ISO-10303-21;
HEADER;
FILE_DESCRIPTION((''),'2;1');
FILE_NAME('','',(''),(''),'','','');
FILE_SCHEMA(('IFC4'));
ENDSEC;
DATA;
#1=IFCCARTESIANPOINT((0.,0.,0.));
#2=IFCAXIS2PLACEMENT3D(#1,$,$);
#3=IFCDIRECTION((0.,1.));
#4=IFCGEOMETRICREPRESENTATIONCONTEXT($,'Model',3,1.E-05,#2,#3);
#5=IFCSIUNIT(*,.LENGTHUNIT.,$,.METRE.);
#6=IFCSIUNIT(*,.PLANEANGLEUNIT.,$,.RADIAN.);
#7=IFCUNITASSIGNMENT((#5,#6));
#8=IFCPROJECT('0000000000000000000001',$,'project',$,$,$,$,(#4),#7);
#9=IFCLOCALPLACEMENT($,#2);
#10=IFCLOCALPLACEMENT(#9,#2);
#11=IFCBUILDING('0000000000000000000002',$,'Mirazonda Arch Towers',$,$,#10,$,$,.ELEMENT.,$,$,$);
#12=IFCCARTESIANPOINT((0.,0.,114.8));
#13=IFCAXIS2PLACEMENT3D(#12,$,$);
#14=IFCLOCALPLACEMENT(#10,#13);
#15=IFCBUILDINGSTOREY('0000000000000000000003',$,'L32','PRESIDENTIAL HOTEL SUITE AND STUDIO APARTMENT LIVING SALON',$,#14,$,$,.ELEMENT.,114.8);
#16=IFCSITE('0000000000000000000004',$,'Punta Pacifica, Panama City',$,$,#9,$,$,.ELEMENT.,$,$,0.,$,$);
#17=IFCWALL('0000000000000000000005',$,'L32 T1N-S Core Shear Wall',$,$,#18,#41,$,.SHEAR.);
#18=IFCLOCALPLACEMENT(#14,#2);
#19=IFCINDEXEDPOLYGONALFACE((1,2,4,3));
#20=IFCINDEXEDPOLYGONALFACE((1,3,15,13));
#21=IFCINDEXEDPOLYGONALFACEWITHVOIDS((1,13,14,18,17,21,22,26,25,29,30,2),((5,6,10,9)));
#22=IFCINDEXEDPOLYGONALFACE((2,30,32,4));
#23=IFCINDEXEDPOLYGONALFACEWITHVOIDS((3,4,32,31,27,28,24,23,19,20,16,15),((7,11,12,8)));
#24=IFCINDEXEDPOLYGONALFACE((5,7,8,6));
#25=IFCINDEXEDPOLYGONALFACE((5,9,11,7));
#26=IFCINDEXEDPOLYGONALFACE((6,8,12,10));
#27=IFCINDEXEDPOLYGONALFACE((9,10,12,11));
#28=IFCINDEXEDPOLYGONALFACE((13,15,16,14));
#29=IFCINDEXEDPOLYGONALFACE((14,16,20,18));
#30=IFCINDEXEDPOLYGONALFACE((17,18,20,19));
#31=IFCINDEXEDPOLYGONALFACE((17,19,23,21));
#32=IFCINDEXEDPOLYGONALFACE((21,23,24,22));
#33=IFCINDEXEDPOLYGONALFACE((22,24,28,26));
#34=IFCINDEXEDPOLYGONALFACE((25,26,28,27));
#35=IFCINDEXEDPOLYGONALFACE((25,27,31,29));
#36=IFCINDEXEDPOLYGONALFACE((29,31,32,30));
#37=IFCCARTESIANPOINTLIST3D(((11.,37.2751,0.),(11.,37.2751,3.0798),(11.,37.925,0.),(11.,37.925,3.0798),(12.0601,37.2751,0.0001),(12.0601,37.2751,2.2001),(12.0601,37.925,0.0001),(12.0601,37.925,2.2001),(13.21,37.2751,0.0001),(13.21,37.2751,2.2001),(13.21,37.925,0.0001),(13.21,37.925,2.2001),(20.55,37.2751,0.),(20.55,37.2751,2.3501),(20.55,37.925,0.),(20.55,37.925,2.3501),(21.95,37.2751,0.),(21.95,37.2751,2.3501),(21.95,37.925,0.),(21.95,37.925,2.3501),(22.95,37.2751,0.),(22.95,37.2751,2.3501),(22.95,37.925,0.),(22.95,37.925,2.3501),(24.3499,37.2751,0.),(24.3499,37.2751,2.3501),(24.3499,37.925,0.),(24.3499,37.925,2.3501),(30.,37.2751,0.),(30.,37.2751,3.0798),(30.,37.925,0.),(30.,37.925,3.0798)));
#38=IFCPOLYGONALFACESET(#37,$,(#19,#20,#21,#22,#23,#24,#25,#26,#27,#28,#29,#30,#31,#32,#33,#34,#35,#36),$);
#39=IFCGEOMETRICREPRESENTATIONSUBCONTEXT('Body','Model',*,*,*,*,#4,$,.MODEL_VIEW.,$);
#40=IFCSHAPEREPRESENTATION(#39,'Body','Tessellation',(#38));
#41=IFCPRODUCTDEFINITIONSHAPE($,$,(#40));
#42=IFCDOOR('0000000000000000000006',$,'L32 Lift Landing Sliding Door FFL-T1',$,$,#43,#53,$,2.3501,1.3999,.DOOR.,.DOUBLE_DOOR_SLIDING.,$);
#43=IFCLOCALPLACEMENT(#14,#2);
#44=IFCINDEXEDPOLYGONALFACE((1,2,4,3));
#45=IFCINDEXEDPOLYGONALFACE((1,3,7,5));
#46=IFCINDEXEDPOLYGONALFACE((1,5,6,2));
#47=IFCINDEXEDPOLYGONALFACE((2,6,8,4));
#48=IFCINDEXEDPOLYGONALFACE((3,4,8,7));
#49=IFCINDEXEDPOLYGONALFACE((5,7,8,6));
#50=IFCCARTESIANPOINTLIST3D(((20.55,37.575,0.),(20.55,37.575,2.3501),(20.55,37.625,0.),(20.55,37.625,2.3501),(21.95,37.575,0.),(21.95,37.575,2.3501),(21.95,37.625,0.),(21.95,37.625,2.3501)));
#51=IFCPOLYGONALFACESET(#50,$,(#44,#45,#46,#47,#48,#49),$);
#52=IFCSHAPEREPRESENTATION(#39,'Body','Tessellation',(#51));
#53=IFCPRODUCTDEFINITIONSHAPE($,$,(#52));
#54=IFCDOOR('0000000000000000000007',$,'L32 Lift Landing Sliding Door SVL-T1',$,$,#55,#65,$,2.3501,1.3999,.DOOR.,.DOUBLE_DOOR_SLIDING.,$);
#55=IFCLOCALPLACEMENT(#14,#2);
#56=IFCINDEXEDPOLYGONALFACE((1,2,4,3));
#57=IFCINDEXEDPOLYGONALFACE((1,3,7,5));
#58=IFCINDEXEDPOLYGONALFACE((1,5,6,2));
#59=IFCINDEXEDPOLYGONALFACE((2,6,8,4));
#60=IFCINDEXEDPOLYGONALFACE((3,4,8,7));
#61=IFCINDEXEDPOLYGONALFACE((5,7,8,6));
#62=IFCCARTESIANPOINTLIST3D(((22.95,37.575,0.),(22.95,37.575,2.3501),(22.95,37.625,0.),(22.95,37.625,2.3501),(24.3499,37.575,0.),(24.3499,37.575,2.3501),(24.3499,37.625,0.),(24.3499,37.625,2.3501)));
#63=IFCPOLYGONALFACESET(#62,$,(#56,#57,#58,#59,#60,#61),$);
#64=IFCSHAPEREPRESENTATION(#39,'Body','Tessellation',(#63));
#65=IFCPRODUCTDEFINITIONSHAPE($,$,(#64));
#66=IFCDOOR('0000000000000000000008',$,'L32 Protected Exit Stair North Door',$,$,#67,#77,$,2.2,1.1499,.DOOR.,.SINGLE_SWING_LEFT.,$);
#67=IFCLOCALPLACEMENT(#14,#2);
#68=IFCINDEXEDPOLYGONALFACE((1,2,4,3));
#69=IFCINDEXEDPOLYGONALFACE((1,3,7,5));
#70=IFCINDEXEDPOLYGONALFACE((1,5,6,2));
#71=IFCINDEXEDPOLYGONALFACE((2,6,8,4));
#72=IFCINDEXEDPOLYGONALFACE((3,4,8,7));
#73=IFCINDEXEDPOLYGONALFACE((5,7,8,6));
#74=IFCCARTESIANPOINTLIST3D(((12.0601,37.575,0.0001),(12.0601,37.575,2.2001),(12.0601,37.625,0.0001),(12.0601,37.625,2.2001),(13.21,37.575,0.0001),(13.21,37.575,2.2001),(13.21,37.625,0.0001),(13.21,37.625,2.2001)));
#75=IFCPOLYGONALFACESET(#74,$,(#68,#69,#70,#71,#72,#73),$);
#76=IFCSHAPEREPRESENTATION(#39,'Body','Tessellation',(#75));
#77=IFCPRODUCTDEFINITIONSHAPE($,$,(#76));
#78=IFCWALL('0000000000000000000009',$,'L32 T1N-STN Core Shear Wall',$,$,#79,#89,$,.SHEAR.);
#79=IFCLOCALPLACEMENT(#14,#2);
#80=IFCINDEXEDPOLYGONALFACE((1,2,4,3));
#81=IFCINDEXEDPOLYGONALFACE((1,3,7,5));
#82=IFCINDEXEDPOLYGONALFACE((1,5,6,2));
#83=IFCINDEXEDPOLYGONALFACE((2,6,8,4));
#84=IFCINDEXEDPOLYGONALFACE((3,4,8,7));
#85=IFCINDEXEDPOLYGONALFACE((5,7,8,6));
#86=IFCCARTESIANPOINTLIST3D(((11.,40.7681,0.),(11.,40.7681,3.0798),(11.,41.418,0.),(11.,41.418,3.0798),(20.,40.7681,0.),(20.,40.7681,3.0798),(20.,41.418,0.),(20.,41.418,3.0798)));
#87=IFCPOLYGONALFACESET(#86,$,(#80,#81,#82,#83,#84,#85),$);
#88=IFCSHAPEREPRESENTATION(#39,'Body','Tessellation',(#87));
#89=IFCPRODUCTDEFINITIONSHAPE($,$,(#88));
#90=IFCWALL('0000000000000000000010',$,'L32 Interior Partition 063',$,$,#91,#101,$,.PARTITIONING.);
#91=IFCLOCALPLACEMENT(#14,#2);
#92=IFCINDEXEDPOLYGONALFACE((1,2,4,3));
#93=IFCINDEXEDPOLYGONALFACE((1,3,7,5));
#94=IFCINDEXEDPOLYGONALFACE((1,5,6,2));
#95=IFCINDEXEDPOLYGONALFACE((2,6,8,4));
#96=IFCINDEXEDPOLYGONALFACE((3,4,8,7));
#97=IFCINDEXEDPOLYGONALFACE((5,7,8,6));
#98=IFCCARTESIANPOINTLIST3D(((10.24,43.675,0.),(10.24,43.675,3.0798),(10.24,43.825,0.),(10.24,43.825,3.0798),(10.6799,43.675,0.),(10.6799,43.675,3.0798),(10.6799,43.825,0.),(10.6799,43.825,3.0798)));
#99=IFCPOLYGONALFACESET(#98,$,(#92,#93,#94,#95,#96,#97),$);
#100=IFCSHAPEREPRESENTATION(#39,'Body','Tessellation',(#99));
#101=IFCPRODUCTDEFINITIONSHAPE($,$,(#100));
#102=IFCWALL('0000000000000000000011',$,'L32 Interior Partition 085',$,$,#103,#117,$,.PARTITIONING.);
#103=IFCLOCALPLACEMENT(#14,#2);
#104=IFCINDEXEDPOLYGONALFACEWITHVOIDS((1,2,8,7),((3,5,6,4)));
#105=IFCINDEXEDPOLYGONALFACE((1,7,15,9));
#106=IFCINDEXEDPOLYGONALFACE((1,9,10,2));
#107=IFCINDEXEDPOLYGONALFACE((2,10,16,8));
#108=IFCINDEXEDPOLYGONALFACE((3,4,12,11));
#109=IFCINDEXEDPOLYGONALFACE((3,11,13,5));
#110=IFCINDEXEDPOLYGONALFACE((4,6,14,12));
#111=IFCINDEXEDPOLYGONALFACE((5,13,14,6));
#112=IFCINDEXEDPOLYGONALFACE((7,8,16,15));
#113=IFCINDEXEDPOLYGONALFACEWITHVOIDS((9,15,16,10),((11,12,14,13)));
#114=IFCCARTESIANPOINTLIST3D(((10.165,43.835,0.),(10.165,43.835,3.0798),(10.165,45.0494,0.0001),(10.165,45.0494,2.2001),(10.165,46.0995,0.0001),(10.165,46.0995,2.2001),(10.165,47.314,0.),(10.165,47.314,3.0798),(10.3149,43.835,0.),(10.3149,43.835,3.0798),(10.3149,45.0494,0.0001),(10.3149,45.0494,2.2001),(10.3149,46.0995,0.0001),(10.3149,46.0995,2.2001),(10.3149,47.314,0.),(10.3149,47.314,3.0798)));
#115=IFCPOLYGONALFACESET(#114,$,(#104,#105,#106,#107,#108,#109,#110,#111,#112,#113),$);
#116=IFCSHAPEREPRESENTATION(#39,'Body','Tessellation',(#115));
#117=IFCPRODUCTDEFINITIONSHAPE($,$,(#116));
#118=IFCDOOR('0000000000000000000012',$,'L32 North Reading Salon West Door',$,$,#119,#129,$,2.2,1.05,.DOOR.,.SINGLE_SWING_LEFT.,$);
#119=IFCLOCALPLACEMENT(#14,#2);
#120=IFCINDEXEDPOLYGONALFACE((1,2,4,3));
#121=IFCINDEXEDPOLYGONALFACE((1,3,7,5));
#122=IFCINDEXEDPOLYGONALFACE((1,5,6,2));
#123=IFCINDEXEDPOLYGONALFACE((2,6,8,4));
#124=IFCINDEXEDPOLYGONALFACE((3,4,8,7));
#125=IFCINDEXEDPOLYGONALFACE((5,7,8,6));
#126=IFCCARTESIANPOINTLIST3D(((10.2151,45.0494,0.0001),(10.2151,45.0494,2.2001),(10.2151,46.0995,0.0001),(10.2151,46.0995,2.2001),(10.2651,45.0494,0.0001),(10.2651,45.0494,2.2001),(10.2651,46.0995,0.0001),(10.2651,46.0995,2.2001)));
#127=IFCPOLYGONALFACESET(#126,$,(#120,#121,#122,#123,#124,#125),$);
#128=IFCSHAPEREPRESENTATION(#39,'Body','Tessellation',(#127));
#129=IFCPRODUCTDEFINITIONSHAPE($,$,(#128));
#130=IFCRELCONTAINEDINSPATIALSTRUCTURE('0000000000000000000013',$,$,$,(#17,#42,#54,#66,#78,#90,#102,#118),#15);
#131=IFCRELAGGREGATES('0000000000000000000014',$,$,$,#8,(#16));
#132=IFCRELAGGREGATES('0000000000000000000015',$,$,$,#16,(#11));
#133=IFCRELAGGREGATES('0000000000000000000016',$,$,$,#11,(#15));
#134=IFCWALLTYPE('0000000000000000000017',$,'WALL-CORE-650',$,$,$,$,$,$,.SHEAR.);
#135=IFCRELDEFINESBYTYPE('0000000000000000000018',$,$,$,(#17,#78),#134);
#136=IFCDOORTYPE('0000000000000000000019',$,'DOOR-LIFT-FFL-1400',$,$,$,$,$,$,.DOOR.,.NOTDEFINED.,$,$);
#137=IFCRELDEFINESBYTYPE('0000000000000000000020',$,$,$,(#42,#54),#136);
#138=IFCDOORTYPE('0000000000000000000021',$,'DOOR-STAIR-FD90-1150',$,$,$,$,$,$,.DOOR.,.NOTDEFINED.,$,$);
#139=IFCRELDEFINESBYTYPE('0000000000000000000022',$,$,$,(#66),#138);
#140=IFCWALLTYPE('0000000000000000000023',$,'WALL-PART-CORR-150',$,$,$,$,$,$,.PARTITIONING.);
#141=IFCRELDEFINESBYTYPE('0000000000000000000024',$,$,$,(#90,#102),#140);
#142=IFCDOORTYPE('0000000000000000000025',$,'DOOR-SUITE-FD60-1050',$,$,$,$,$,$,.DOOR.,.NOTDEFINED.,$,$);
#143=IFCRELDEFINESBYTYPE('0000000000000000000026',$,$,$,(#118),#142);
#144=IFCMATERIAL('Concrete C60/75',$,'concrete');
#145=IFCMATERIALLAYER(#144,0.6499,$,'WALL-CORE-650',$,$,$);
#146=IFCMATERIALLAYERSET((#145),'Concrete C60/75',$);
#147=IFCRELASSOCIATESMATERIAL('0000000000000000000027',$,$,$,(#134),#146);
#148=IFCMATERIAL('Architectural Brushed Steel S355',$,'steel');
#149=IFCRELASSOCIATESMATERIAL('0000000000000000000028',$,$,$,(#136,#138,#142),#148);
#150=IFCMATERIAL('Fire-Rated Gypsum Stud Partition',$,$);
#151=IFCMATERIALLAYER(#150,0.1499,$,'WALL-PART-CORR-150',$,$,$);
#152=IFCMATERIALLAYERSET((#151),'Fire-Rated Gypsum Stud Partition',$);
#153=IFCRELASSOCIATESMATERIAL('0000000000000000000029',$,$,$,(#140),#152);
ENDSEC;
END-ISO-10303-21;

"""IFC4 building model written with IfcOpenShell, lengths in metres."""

from ifc_helpers import new_model, si_unit, direction, frame, frame_2d, origin, place, context, subcontext, project, spatial, rectangle, extrude, material, layer, layer_set, type_object, element, fill, save


model = new_model("IFC4")

# Units and contexts
model_context = context("Model", 3, precision=1e-05, world=origin(), true_north=direction((0.0, 1.0)))
body_context = subcontext(model_context, "Body", "Model", "MODEL_VIEW")
ifc_project = project(units=[si_unit("LENGTHUNIT", "METRE"), si_unit("PLANEANGLEUNIT", "RADIAN")], contexts=[model_context])

# Site, building, storey
site_placement = place(None, origin())
site = spatial("IfcSite", under=ifc_project, at=site_placement, Name="Punta Pacifica, Panama City", CompositionType="ELEMENT", RefElevation=0.0)
building_placement = place(site_placement, origin())
building = spatial("IfcBuilding", under=site, at=building_placement, Name="Mirazonda Arch Towers", CompositionType="ELEMENT")
storey_placement = place(building_placement, frame((0.0, 0.0, 114.8)))
storey = spatial("IfcBuildingStorey", under=building, at=storey_placement, Name="L32", Description="PRESIDENTIAL HOTEL SUITE AND STUDIO APARTMENT LIVING SALON", CompositionType="ELEMENT", Elevation=114.8)

# Shared definitions
ifc_material_1 = material(Name="Concrete C60/75", Category="concrete")
ifc_layer_1 = layer(ifc_material_1, 0.6499, Name="WALL-CORE-650")
ifc_layer_set_1 = layer_set([ifc_layer_1], Name="Concrete C60/75")
wall_type_1 = type_object("IfcWallType", Name="WALL-CORE-650", PredefinedType="SHEAR", material=ifc_layer_set_1)

# Wall, openings, doors
wall_1_placement = place(storey_placement, frame((11.0, 37.6001, 0.0), z_axis=(0.0, 0.0, 1.0), x_axis=(1.0, 0.0, 0.0)))
wall_1 = element("IfcWall", 1, at=wall_1_placement, inside=storey, type_object=wall_type_1, Name="L32 T1N-S Core Shear Wall", PredefinedType="SHEAR", context=body_context, shape_type="SweptSolid", body=[
    extrude(rectangle(XDim=19.0, YDim=0.6499, at=frame_2d((9.5, 0.0))), origin(), (0.0, 0.0, 1.0), 3.0798),
])
opening_1_placement = place(wall_1_placement, frame((1.0601, 0.0, 0.0)))
opening_1 = element("IfcOpeningElement", 2, at=opening_1_placement, cuts=wall_1, PredefinedType="OPENING", context=body_context, shape_type="SweptSolid", body=[
    extrude(rectangle(XDim=1.1499, YDim=2.2, at=frame_2d((0.575, 1.1001))), frame((0.0, 0.335, 0.0), z_axis=(0.0, -1.0, 0.0), x_axis=(1.0, 0.0, 0.0)), (0.0, 0.0, 1.0), 0.6699),
])
opening_2_placement = place(wall_1_placement, frame((9.55, 0.0, 0.0)))
opening_2 = element("IfcOpeningElement", 3, at=opening_2_placement, cuts=wall_1, PredefinedType="OPENING", context=body_context, shape_type="SweptSolid", body=[
    extrude(rectangle(XDim=1.3999, YDim=2.3501, at=frame_2d((0.7, 1.175))), frame((0.0, 0.335, 0.0), z_axis=(0.0, -1.0, 0.0), x_axis=(1.0, 0.0, 0.0)), (0.0, 0.0, 1.0), 0.6699),
])
opening_3_placement = place(wall_1_placement, frame((11.95, 0.0, 0.0)))
opening_3 = element("IfcOpeningElement", 4, at=opening_3_placement, cuts=wall_1, PredefinedType="OPENING", context=body_context, shape_type="SweptSolid", body=[
    extrude(rectangle(XDim=1.3999, YDim=2.3501, at=frame_2d((0.7, 1.175))), frame((0.0, 0.335, 0.0), z_axis=(0.0, -1.0, 0.0), x_axis=(1.0, 0.0, 0.0)), (0.0, 0.0, 1.0), 0.6699),
])
ifc_material_2 = material(Name="Architectural Brushed Steel S355", Category="steel")
door_type_1 = type_object("IfcDoorType", Name="DOOR-LIFT-FFL-1400", OperationType="NOTDEFINED", PredefinedType="DOOR", material=ifc_material_2)
door_1_placement = place(opening_2_placement, origin())
door_1 = element("IfcDoor", 5, at=door_1_placement, inside=storey, type_object=door_type_1, Name="L32 Lift Landing Sliding Door FFL-T1", OperationType="DOUBLE_DOOR_SLIDING", OverallHeight=2.3501, OverallWidth=1.3999, PredefinedType="DOOR", context=body_context, shape_type="SweptSolid", body=[
    extrude(rectangle(XDim=1.3999, YDim=2.3501, at=frame_2d((0.7, 1.175))), frame((0.0, 0.0249, 0.0), z_axis=(0.0, -1.0, 0.0), x_axis=(1.0, 0.0, 0.0)), (0.0, 0.0, 1.0), 0.05),
])
fill(opening_2, door_1)
door_2_placement = place(opening_3_placement, origin())
door_2 = element("IfcDoor", 6, at=door_2_placement, inside=storey, type_object=door_type_1, Name="L32 Lift Landing Sliding Door SVL-T1", OperationType="DOUBLE_DOOR_SLIDING", OverallHeight=2.3501, OverallWidth=1.3999, PredefinedType="DOOR", context=body_context, shape_type="SweptSolid", body=[
    extrude(rectangle(XDim=1.3999, YDim=2.3501, at=frame_2d((0.7, 1.175))), frame((0.0, 0.0249, 0.0), z_axis=(0.0, -1.0, 0.0), x_axis=(1.0, 0.0, 0.0)), (0.0, 0.0, 1.0), 0.05),
])
fill(opening_3, door_2)
door_type_2 = type_object("IfcDoorType", Name="DOOR-STAIR-FD90-1150", OperationType="NOTDEFINED", PredefinedType="DOOR", material=ifc_material_2)
door_3_placement = place(opening_1_placement, origin())
door_3 = element("IfcDoor", 7, at=door_3_placement, inside=storey, type_object=door_type_2, Name="L32 Protected Exit Stair North Door", OperationType="SINGLE_SWING_LEFT", OverallHeight=2.2, OverallWidth=1.1499, PredefinedType="DOOR", context=body_context, shape_type="SweptSolid", body=[
    extrude(rectangle(XDim=1.1499, YDim=2.2, at=frame_2d((0.575, 1.1001))), frame((0.0, 0.0249, 0.0), z_axis=(0.0, -1.0, 0.0), x_axis=(1.0, 0.0, 0.0)), (0.0, 0.0, 1.0), 0.05),
])
fill(opening_1, door_3)

# Walls
wall_2_placement = place(storey_placement, frame((11.0, 41.093, 0.0), z_axis=(0.0, 0.0, 1.0), x_axis=(1.0, 0.0, 0.0)))
element("IfcWall", 8, at=wall_2_placement, inside=storey, type_object=wall_type_1, Name="L32 T1N-STN Core Shear Wall", PredefinedType="SHEAR", context=body_context, shape_type="SweptSolid", body=[
    extrude(rectangle(XDim=9.0, YDim=0.6499, at=frame_2d((4.5, 0.0))), origin(), (0.0, 0.0, 1.0), 3.0798),
])
ifc_material_3 = material(Name="Fire-Rated Gypsum Stud Partition")
ifc_layer_2 = layer(ifc_material_3, 0.1499, Name="WALL-PART-CORR-150")
ifc_layer_set_2 = layer_set([ifc_layer_2], Name="Fire-Rated Gypsum Stud Partition")
wall_type_2 = type_object("IfcWallType", Name="WALL-PART-CORR-150", PredefinedType="PARTITIONING", material=ifc_layer_set_2)
wall_3_placement = place(storey_placement, frame((10.24, 43.75, 0.0), z_axis=(0.0, 0.0, 1.0), x_axis=(1.0, 0.0, 0.0)))
element("IfcWall", 9, at=wall_3_placement, inside=storey, type_object=wall_type_2, Name="L32 Interior Partition 063", PredefinedType="PARTITIONING", context=body_context, shape_type="SweptSolid", body=[
    extrude(rectangle(XDim=0.4399, YDim=0.1499, at=frame_2d((0.22, 0.0))), origin(), (0.0, 0.0, 1.0), 3.0798),
])

# Wall, opening, door
wall_4_placement = place(storey_placement, frame((10.24, 43.835, 0.0), z_axis=(0.0, 0.0, 1.0), x_axis=(0.0, 1.0, 0.0)))
wall_4 = element("IfcWall", 10, at=wall_4_placement, inside=storey, type_object=wall_type_2, Name="L32 Interior Partition 085", PredefinedType="PARTITIONING", context=body_context, shape_type="SweptSolid", body=[
    extrude(rectangle(XDim=3.479, YDim=0.1499, at=frame_2d((1.7395, 0.0))), origin(), (0.0, 0.0, 1.0), 3.0798),
])
opening_4_placement = place(wall_4_placement, frame((1.2146, 0.0, 0.0)))
opening_4 = element("IfcOpeningElement", 11, at=opening_4_placement, cuts=wall_4, PredefinedType="OPENING", context=body_context, shape_type="SweptSolid", body=[
    extrude(rectangle(XDim=1.05, YDim=2.2, at=frame_2d((0.5249, 1.1001))), frame((0.0, 0.085, 0.0), z_axis=(0.0, -1.0, 0.0), x_axis=(1.0, 0.0, 0.0)), (0.0, 0.0, 1.0), 0.1699),
])
door_type_3 = type_object("IfcDoorType", Name="DOOR-SUITE-FD60-1050", OperationType="NOTDEFINED", PredefinedType="DOOR", material=ifc_material_2)
door_4_placement = place(opening_4_placement, origin())
door_4 = element("IfcDoor", 12, at=door_4_placement, inside=storey, type_object=door_type_3, Name="L32 North Reading Salon West Door", OperationType="SINGLE_SWING_LEFT", OverallHeight=2.2, OverallWidth=1.05, PredefinedType="DOOR", context=body_context, shape_type="SweptSolid", body=[
    extrude(rectangle(XDim=1.05, YDim=2.2, at=frame_2d((0.5249, 1.1001))), frame((0.0, 0.0249, 0.0), z_axis=(0.0, -1.0, 0.0), x_axis=(1.0, 0.0, 0.0)), (0.0, 0.0, 1.0), 0.05),
])
fill(opening_4, door_4)

save(model, "model.ifc")
